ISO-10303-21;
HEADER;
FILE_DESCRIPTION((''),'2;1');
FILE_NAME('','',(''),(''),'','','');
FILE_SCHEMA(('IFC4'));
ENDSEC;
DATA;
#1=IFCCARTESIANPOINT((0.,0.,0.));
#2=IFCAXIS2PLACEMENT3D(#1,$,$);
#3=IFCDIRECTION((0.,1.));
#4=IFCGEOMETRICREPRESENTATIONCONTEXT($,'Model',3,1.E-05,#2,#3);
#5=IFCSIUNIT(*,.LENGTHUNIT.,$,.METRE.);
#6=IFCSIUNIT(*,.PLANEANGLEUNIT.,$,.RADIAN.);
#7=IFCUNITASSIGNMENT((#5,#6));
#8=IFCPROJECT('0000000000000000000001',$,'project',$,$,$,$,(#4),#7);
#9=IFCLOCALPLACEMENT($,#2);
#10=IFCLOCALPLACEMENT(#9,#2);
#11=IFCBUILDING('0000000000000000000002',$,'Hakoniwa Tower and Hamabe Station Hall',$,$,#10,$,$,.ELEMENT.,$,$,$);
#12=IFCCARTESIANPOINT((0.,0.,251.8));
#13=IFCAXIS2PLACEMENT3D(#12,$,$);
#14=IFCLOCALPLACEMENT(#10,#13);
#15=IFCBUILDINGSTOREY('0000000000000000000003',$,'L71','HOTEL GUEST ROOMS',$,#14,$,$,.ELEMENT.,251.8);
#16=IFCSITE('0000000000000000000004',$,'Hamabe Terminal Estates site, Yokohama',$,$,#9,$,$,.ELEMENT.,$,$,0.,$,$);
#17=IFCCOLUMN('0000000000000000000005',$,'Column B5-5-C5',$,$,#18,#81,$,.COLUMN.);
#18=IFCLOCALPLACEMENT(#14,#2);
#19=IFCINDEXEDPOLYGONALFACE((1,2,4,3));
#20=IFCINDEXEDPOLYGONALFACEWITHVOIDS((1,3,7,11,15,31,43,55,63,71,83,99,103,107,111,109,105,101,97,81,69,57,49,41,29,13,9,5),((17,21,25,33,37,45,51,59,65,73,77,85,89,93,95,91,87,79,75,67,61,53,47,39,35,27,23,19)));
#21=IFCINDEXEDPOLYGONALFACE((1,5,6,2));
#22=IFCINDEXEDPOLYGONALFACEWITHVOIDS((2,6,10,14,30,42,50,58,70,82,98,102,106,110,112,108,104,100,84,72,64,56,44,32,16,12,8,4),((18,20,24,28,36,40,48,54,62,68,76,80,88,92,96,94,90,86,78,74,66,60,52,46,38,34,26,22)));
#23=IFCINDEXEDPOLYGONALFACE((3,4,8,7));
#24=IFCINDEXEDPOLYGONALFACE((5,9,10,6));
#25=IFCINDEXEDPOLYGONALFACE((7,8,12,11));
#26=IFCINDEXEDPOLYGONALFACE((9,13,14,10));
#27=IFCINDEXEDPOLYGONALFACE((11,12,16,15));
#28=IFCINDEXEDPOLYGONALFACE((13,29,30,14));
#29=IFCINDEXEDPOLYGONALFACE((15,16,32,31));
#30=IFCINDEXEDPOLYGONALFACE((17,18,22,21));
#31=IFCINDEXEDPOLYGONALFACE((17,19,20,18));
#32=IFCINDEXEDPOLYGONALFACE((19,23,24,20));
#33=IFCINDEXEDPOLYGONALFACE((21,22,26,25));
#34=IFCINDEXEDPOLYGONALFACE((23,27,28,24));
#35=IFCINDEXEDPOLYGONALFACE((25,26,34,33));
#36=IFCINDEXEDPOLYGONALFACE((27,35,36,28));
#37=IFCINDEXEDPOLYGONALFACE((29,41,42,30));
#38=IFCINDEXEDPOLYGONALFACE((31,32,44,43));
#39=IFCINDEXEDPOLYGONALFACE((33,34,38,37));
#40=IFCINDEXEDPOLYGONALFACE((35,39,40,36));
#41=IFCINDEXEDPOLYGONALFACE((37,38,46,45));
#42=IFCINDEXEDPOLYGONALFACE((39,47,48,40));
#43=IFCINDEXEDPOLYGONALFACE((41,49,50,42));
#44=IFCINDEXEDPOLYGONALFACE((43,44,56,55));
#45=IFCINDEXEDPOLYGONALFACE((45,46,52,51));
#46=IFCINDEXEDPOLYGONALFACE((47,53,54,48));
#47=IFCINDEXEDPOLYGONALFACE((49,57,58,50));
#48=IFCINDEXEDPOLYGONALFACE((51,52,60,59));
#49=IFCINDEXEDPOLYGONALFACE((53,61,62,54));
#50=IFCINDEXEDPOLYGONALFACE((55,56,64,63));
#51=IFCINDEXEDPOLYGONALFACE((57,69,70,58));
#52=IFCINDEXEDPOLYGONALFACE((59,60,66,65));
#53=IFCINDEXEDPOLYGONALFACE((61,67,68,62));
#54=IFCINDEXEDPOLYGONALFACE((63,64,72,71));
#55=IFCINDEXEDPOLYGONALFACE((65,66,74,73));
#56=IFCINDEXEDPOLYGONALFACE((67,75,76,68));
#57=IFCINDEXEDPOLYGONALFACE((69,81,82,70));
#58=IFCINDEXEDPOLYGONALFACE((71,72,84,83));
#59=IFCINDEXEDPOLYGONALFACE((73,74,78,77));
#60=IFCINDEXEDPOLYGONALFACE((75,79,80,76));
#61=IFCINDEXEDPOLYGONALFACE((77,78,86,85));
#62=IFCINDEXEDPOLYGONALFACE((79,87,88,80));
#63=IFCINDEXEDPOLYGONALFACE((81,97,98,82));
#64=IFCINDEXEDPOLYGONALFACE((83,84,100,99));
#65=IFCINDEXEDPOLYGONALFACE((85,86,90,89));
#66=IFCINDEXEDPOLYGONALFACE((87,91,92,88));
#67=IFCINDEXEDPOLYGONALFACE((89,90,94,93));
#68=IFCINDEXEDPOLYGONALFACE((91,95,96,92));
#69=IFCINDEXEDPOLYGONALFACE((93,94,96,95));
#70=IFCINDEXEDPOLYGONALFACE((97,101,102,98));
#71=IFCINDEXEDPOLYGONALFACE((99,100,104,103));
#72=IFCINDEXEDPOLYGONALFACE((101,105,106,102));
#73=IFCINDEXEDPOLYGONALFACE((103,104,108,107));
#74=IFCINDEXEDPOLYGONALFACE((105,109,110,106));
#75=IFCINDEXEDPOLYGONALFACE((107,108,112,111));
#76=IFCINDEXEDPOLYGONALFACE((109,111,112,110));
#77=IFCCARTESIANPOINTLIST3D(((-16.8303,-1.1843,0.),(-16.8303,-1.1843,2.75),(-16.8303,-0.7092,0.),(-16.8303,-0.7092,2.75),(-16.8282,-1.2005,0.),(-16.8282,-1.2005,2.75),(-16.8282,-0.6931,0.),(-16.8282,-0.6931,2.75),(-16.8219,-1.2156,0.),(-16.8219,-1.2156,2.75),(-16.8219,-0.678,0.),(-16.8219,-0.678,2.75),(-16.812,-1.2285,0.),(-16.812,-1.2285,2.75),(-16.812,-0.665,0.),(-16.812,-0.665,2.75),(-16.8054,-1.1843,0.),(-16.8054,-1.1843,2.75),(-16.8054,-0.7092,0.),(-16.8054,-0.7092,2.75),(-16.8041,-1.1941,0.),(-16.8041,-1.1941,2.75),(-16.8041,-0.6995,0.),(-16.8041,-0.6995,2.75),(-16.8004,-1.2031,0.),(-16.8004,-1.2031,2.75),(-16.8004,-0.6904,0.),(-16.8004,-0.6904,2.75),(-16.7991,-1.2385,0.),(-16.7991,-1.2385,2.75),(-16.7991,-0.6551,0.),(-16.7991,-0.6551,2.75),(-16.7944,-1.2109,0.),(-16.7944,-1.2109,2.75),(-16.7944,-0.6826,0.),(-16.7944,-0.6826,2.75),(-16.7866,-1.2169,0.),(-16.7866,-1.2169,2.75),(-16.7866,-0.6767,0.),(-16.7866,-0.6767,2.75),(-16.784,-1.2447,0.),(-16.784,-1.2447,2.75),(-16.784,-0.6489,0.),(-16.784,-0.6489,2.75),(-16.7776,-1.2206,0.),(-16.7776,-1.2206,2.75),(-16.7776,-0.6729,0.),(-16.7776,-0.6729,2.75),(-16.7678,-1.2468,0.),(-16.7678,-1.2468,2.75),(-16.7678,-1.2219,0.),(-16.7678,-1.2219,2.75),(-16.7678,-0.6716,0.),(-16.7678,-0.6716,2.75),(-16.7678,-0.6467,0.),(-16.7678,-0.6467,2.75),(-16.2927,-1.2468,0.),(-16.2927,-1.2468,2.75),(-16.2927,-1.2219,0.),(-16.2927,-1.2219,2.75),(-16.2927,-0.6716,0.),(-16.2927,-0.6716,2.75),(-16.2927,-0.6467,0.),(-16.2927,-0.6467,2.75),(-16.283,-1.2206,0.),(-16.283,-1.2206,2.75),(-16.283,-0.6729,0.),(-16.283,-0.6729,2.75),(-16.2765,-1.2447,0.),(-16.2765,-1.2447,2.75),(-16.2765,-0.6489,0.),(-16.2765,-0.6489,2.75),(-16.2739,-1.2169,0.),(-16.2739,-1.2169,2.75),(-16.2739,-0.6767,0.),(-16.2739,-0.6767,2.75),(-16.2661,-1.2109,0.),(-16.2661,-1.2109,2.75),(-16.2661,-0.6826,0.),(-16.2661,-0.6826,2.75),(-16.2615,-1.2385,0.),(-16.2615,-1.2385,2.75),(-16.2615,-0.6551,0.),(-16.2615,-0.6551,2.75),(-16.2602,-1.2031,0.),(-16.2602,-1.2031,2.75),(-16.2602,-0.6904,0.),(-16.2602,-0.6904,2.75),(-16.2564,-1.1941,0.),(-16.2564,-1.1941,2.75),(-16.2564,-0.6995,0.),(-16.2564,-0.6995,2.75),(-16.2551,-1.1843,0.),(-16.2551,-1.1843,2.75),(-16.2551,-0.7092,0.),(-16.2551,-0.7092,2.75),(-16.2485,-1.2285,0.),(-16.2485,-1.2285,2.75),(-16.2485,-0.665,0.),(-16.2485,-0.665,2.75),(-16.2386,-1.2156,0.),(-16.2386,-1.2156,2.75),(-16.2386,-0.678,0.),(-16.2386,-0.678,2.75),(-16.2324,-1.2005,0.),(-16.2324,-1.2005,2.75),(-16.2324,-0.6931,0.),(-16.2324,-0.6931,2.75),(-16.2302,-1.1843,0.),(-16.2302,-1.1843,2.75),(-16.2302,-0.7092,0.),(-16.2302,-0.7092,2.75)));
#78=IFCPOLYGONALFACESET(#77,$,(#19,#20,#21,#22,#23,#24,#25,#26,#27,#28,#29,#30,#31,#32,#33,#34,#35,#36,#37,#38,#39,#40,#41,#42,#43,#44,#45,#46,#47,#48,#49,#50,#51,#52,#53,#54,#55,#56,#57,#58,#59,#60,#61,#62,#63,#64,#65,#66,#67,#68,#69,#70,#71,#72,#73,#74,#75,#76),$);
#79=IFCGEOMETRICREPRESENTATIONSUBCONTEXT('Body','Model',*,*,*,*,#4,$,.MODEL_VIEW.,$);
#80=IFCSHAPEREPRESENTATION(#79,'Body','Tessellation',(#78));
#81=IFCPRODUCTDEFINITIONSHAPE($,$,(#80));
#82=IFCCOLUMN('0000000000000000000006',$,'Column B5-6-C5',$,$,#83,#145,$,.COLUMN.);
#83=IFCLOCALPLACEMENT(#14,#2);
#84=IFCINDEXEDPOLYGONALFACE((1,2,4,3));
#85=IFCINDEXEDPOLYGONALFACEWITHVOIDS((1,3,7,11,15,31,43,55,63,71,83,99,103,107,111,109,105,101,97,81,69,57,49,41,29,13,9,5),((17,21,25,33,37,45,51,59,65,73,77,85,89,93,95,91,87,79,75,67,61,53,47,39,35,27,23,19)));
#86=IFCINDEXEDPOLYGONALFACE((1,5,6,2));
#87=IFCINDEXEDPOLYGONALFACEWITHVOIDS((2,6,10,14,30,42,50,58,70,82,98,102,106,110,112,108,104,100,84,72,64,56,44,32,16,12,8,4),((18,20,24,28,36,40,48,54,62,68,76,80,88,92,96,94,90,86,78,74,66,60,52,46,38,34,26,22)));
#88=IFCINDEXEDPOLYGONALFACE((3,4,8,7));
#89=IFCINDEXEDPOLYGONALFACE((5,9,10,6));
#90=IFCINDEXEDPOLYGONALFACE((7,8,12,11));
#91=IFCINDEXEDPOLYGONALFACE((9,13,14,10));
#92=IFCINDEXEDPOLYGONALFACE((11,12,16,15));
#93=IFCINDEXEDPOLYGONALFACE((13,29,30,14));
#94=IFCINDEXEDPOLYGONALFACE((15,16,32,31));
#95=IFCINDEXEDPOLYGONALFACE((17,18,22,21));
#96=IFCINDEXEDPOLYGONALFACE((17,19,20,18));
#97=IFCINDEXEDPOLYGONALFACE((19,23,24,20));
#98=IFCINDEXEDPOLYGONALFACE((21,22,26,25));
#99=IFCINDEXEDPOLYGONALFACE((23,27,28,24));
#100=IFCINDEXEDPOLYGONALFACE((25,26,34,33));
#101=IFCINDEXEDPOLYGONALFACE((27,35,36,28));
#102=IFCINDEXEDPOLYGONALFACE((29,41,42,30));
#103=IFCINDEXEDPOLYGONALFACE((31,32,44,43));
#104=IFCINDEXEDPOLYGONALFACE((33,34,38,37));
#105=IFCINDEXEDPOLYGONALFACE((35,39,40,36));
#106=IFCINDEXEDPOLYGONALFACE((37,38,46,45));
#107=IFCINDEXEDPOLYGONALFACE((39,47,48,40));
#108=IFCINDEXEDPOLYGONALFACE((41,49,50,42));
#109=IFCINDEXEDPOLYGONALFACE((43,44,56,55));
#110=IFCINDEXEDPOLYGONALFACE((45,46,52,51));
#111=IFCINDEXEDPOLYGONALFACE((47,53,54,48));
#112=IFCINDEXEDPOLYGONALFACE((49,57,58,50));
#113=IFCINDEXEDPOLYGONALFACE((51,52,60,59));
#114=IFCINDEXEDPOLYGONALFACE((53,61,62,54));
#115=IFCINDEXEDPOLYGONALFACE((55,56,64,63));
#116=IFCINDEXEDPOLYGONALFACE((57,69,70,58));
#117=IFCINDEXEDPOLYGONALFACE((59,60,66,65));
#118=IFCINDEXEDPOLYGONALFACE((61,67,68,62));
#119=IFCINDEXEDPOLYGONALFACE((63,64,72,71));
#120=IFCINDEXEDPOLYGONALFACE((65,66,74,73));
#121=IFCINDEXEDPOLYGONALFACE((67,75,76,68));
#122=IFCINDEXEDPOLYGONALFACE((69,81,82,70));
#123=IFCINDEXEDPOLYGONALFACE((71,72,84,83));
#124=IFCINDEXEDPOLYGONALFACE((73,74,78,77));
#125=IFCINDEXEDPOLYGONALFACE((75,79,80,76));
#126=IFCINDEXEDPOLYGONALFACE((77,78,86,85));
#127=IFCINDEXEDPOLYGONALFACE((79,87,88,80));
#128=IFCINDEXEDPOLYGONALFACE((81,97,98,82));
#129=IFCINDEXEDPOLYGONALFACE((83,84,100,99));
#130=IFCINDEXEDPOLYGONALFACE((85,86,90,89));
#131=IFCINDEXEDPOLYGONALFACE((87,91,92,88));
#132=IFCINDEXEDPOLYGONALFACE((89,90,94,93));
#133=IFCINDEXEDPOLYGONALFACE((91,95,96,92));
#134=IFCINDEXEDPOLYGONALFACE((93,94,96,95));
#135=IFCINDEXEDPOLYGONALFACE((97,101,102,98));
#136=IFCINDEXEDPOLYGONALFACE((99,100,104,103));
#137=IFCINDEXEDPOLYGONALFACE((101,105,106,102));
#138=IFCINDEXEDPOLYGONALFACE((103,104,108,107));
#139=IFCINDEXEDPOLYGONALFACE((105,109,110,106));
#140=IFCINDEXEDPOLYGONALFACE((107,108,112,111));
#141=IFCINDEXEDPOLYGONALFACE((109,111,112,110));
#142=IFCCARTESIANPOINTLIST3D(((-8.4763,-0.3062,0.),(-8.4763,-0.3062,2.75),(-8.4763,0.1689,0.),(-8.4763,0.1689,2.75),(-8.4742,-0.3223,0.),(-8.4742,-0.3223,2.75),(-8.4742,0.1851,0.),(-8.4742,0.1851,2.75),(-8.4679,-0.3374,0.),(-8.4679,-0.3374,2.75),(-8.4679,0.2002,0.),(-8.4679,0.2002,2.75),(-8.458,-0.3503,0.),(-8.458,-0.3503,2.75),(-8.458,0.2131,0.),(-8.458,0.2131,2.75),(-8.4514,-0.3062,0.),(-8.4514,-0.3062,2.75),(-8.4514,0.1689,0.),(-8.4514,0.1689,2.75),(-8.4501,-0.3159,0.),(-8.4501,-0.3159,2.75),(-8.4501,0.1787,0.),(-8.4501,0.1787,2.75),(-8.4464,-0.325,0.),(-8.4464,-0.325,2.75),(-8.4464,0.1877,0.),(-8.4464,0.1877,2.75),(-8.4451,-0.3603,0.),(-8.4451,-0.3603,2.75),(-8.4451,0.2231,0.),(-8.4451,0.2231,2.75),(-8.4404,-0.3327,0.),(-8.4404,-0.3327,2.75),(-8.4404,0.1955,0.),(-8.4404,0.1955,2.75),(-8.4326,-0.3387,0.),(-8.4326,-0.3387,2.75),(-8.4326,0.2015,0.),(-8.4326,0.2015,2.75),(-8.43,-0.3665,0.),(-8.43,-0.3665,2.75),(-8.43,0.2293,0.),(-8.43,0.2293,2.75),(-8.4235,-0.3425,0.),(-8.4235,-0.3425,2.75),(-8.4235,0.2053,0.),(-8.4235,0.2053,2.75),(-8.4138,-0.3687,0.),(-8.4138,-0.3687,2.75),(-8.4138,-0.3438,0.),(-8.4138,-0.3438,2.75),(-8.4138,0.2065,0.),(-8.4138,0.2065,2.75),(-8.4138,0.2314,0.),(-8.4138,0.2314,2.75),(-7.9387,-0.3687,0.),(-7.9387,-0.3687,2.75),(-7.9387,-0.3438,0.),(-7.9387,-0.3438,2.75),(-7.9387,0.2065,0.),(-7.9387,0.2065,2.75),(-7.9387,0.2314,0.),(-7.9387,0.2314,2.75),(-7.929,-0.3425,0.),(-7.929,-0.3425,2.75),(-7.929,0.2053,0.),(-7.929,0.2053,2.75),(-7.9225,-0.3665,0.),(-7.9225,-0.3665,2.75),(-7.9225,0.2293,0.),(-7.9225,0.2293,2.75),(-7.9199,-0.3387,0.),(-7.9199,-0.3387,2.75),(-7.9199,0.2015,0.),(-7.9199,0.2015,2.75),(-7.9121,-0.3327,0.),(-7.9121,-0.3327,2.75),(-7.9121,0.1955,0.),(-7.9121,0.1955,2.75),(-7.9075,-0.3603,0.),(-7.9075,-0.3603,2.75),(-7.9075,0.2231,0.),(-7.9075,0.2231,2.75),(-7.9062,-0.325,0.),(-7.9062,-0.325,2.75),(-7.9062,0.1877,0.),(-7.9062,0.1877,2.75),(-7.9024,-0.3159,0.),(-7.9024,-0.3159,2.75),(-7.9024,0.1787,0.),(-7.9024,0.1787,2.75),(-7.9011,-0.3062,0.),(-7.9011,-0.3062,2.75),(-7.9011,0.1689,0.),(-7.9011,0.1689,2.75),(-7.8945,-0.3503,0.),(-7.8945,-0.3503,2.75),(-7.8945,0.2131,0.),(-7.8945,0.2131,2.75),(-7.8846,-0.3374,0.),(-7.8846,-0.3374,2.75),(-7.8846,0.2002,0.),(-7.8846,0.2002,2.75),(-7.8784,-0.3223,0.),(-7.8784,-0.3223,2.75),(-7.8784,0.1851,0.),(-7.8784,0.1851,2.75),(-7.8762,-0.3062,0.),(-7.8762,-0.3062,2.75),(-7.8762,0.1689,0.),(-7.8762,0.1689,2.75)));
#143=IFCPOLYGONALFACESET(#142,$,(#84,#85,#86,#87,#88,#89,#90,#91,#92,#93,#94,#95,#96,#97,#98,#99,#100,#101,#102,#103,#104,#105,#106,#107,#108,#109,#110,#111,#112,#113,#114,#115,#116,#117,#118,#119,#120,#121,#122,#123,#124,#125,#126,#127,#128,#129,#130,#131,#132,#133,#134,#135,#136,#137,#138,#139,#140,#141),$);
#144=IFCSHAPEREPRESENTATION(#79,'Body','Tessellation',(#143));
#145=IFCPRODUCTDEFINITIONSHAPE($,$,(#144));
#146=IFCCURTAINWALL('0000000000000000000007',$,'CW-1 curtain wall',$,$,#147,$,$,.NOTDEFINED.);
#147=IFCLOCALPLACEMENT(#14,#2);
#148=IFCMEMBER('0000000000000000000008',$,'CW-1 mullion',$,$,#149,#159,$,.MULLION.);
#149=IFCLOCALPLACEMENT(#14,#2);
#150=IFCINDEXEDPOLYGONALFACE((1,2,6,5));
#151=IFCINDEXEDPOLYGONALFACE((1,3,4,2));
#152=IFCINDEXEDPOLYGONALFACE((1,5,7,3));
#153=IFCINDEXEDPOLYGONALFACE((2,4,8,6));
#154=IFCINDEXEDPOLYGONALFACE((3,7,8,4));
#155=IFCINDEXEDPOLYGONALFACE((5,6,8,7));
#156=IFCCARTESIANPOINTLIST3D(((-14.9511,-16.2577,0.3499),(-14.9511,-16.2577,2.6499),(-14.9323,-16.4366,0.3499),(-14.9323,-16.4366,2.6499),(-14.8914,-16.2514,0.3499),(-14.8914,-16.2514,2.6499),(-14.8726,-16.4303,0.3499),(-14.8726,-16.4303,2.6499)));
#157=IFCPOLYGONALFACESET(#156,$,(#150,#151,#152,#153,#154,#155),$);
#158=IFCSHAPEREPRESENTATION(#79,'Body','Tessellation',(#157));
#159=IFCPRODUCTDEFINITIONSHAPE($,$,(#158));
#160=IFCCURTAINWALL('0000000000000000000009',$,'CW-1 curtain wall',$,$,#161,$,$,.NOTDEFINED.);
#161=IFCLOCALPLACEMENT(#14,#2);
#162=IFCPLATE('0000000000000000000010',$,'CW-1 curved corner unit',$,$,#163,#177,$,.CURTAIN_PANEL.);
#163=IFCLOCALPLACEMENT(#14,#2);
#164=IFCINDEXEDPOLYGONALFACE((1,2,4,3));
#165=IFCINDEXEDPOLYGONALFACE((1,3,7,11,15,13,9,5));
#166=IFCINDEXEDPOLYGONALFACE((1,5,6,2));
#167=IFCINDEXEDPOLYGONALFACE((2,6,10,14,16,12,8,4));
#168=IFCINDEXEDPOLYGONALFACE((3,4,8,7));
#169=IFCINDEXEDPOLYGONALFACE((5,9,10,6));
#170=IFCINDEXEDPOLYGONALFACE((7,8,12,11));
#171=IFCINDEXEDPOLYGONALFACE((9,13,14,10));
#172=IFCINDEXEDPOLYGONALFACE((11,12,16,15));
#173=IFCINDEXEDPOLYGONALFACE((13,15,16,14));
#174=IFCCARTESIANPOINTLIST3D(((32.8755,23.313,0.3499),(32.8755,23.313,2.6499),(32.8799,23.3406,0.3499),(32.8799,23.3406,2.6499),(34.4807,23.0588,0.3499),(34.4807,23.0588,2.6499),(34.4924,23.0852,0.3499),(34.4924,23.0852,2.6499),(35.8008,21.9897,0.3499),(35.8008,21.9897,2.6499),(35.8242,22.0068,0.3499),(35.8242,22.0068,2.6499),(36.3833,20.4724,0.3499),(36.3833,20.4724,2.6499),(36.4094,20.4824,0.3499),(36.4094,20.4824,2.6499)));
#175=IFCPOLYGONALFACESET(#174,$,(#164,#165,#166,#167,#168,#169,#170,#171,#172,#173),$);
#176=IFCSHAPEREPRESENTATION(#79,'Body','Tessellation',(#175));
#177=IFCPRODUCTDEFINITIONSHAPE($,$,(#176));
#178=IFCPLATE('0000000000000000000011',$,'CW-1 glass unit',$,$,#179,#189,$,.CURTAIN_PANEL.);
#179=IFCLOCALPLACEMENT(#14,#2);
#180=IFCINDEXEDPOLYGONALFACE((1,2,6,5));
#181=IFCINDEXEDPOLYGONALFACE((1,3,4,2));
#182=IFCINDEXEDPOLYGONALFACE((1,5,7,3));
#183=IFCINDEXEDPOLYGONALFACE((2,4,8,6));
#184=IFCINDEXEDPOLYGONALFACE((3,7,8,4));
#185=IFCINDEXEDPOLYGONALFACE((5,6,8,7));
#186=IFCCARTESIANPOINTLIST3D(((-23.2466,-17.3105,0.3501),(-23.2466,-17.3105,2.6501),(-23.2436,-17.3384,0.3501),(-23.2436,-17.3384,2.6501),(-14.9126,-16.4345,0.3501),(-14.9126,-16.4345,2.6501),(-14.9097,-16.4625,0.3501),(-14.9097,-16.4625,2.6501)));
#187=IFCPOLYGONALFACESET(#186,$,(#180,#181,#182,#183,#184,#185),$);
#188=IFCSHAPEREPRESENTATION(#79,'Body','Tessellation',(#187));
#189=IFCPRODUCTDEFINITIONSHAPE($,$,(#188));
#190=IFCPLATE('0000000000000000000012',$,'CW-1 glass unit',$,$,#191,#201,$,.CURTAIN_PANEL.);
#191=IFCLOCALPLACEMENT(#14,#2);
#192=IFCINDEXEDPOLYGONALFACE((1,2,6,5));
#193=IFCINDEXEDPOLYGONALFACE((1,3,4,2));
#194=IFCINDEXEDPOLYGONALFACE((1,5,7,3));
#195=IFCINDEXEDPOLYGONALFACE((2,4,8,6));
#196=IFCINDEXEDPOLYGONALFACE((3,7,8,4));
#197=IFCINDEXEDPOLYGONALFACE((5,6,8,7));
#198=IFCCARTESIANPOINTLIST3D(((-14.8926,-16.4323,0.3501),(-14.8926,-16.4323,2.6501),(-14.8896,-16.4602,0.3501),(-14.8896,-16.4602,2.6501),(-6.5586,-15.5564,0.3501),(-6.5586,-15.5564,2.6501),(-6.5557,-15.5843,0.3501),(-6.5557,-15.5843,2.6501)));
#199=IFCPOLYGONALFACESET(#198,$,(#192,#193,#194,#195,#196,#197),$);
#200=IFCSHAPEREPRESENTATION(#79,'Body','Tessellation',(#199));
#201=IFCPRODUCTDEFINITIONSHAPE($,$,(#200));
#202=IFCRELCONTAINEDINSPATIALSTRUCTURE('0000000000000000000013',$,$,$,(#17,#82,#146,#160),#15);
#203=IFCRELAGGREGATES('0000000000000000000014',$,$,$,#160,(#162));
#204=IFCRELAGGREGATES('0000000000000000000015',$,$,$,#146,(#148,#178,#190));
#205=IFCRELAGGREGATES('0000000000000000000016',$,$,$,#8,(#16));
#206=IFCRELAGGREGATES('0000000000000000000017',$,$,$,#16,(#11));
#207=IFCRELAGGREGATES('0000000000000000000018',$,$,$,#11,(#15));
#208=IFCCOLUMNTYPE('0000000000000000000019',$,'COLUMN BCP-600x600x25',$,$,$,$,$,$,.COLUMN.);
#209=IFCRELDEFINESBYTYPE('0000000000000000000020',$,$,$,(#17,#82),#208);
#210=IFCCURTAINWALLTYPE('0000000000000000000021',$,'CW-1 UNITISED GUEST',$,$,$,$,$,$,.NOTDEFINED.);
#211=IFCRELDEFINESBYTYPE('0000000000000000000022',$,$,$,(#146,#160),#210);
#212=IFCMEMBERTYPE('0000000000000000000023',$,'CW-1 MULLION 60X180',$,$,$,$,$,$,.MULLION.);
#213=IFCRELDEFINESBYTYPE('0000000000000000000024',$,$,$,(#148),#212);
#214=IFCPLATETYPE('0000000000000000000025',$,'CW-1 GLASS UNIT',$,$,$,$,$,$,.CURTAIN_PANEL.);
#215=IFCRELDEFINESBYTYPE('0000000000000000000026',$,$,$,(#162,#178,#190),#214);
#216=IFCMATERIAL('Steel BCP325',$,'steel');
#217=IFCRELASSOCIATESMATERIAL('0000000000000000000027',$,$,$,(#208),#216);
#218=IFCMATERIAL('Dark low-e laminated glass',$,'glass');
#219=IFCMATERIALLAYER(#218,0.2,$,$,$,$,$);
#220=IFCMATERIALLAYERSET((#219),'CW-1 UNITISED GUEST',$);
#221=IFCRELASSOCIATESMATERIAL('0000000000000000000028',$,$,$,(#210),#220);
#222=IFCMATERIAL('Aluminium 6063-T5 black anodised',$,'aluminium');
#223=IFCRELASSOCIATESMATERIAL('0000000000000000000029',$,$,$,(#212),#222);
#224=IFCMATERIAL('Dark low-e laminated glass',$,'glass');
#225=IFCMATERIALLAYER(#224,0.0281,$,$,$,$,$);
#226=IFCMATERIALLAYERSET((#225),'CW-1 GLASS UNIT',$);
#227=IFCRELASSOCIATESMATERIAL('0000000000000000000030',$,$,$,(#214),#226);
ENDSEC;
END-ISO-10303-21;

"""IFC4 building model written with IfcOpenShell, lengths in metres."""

from ifc_helpers import new_model, si_unit, direction, frame, origin, origin_2d, place, context, subcontext, project, spatial, polyline, rectangle, hollow_rectangle, outline, extrude, material, layer, layer_set, material_profile, profile_set, type_object, element, aggregate, save


model = new_model("IFC4")

# Units and contexts
model_context = context("Model", 3, precision=1e-05, world=origin(), true_north=direction((0.0, 1.0)))
body_context = subcontext(model_context, "Body", "Model", "MODEL_VIEW")
ifc_project = project(units=[si_unit("LENGTHUNIT", "METRE"), si_unit("PLANEANGLEUNIT", "RADIAN")], contexts=[model_context])

# Site, building, storey
site_placement = place(None, origin())
site = spatial("IfcSite", under=ifc_project, at=site_placement, Name="Hamabe Terminal Estates site, Yokohama", CompositionType="ELEMENT", RefElevation=0.0)
building_placement = place(site_placement, origin())
building = spatial("IfcBuilding", under=site, at=building_placement, Name="Hakoniwa Tower and Hamabe Station Hall", CompositionType="ELEMENT")
storey_placement = place(building_placement, frame((0.0, 0.0, 251.8)))
storey = spatial("IfcBuildingStorey", under=building, at=storey_placement, Name="L71", Description="HOTEL GUEST ROOMS", CompositionType="ELEMENT", Elevation=251.8)

# Columns
ifc_material_1 = material(Name="Steel BCP325", Category="steel")
ifc_material_profile_1 = material_profile(ifc_material_1, hollow_rectangle(XDim=0.6001, YDim=0.6001, WallThickness=0.0249, InnerFilletRadius=0.0376, OuterFilletRadius=0.0625, at=origin_2d()), Name="BCP-600x600x25")
ifc_profile_set_1 = profile_set([ifc_material_profile_1], Name="Steel BCP325")
column_type_1 = type_object("IfcColumnType", Name="COLUMN BCP-600x600x25", PredefinedType="COLUMN", material=ifc_profile_set_1)
for number, where, z_axis, x_axis, name in (
    (1, (-16.5303, -0.9468, 0.0), (0.0, 0.0, 1.0), (1.0, 0.0, 0.0), "Column B5-5-C5"),
    (2, (-8.1763, -0.0686, 0.0), (0.0, 0.0, 1.0), (1.0, 0.0, 0.0), "Column B5-6-C5"),
):
    element("IfcColumn", number, at=place(storey_placement, frame(where, z_axis=z_axis, x_axis=x_axis)), inside=storey, type_object=column_type_1, Name=name, PredefinedType="COLUMN", context=body_context, shape_type="SweptSolid", body=[
        extrude(hollow_rectangle(XDim=0.6001, YDim=0.6001, WallThickness=0.0249, InnerFilletRadius=0.0376, OuterFilletRadius=0.0625, at=origin_2d()), origin(), (0.0, 0.0, 1.0), 2.75),
    ])

# Curtain wall, member
ifc_material_2 = material(Name="Dark low-e laminated glass", Category="glass")
ifc_layer_1 = layer(ifc_material_2, 0.2)
ifc_layer_set_1 = layer_set([ifc_layer_1], Name="CW-1 UNITISED GUEST")
curtain_wall_type = type_object("IfcCurtainWallType", Name="CW-1 UNITISED GUEST", PredefinedType="NOTDEFINED", material=ifc_layer_set_1)
curtain_wall_1_placement = place(storey_placement, origin())
curtain_wall_1 = element("IfcCurtainWall", 3, at=curtain_wall_1_placement, inside=storey, type_object=curtain_wall_type, Name="CW-1 curtain wall", PredefinedType="NOTDEFINED")
ifc_material_3 = material(Name="Aluminium 6063-T5 black anodised", Category="aluminium")
ifc_material_profile_2 = material_profile(ifc_material_3, rectangle(XDim=0.0601, YDim=0.1799, at=origin_2d()), Name="CW-1 MULLION 60X180")
ifc_profile_set_2 = profile_set([ifc_material_profile_2], Name="Aluminium 6063-T5 black anodised")
member_type = type_object("IfcMemberType", Name="CW-1 MULLION 60X180", PredefinedType="MULLION", material=ifc_profile_set_2)
member_placement = place(storey_placement, frame((-14.9119, -16.344, 0.3499), z_axis=(0.0, 0.0, 1.0), x_axis=(0.994522, 0.104528, 0.0)))
member = element("IfcMember", 4, at=member_placement, type_object=member_type, Name="CW-1 mullion", PredefinedType="MULLION", context=body_context, shape_type="SweptSolid", body=[
    extrude(rectangle(XDim=0.0601, YDim=0.1799, at=origin_2d()), origin(), (0.0, 0.0, 1.0), 2.3),
])

# Curtain wall, plate
curtain_wall_2_placement = place(storey_placement, origin())
curtain_wall_2 = element("IfcCurtainWall", 5, at=curtain_wall_2_placement, inside=storey, type_object=curtain_wall_type, Name="CW-1 curtain wall", PredefinedType="NOTDEFINED")
ifc_material_4 = material(Name="Dark low-e laminated glass", Category="glass")
ifc_layer_2 = layer(ifc_material_4, 0.0281)
ifc_layer_set_2 = layer_set([ifc_layer_2], Name="CW-1 GLASS UNIT")
plate_type = type_object("IfcPlateType", Name="CW-1 GLASS UNIT", PredefinedType="CURTAIN_PANEL", material=ifc_layer_set_2)
plate_1_placement = place(storey_placement, frame((0.0, 0.0, 0.3499)))
plate_1 = element("IfcPlate", 6, at=plate_1_placement, type_object=plate_type, Name="CW-1 curved corner unit", PredefinedType="CURTAIN_PANEL", context=body_context, shape_type="SweptSolid", body=[
    extrude(outline(polyline([(36.4094, 20.4824), (35.8242, 22.0068), (34.4924, 23.0852), (32.8799, 23.3406), (32.8755, 23.313), (34.4807, 23.0588), (35.8008, 21.9897), (36.3833, 20.4724), (36.4094, 20.4824)])), origin(), (0.0, 0.0, 1.0), 2.3),
])
aggregate(curtain_wall_2, [plate_1])

# Plates
plate_2_placement = place(storey_placement, frame((-19.0781, -16.8865, 0.3501), z_axis=(0.0, 0.0, 1.0), x_axis=(0.994522, 0.104528, 0.0)))
plate_2 = element("IfcPlate", 7, at=plate_2_placement, type_object=plate_type, Name="CW-1 glass unit", PredefinedType="CURTAIN_PANEL", context=body_context, shape_type="SweptSolid", body=[
    extrude(rectangle(XDim=8.3799, YDim=0.0281, at=origin_2d()), origin(), (0.0, 0.0, 1.0), 2.3),
])
plate_3_placement = place(storey_placement, frame((-10.7241, -16.0083, 0.3501), z_axis=(0.0, 0.0, 1.0), x_axis=(0.994522, 0.104528, 0.0)))
plate_3 = element("IfcPlate", 8, at=plate_3_placement, type_object=plate_type, Name="CW-1 glass unit", PredefinedType="CURTAIN_PANEL", context=body_context, shape_type="SweptSolid", body=[
    extrude(rectangle(XDim=8.3799, YDim=0.0281, at=origin_2d()), origin(), (0.0, 0.0, 1.0), 2.3),
])
aggregate(curtain_wall_1, [member, plate_2, plate_3])

save(model, "model.ifc")
